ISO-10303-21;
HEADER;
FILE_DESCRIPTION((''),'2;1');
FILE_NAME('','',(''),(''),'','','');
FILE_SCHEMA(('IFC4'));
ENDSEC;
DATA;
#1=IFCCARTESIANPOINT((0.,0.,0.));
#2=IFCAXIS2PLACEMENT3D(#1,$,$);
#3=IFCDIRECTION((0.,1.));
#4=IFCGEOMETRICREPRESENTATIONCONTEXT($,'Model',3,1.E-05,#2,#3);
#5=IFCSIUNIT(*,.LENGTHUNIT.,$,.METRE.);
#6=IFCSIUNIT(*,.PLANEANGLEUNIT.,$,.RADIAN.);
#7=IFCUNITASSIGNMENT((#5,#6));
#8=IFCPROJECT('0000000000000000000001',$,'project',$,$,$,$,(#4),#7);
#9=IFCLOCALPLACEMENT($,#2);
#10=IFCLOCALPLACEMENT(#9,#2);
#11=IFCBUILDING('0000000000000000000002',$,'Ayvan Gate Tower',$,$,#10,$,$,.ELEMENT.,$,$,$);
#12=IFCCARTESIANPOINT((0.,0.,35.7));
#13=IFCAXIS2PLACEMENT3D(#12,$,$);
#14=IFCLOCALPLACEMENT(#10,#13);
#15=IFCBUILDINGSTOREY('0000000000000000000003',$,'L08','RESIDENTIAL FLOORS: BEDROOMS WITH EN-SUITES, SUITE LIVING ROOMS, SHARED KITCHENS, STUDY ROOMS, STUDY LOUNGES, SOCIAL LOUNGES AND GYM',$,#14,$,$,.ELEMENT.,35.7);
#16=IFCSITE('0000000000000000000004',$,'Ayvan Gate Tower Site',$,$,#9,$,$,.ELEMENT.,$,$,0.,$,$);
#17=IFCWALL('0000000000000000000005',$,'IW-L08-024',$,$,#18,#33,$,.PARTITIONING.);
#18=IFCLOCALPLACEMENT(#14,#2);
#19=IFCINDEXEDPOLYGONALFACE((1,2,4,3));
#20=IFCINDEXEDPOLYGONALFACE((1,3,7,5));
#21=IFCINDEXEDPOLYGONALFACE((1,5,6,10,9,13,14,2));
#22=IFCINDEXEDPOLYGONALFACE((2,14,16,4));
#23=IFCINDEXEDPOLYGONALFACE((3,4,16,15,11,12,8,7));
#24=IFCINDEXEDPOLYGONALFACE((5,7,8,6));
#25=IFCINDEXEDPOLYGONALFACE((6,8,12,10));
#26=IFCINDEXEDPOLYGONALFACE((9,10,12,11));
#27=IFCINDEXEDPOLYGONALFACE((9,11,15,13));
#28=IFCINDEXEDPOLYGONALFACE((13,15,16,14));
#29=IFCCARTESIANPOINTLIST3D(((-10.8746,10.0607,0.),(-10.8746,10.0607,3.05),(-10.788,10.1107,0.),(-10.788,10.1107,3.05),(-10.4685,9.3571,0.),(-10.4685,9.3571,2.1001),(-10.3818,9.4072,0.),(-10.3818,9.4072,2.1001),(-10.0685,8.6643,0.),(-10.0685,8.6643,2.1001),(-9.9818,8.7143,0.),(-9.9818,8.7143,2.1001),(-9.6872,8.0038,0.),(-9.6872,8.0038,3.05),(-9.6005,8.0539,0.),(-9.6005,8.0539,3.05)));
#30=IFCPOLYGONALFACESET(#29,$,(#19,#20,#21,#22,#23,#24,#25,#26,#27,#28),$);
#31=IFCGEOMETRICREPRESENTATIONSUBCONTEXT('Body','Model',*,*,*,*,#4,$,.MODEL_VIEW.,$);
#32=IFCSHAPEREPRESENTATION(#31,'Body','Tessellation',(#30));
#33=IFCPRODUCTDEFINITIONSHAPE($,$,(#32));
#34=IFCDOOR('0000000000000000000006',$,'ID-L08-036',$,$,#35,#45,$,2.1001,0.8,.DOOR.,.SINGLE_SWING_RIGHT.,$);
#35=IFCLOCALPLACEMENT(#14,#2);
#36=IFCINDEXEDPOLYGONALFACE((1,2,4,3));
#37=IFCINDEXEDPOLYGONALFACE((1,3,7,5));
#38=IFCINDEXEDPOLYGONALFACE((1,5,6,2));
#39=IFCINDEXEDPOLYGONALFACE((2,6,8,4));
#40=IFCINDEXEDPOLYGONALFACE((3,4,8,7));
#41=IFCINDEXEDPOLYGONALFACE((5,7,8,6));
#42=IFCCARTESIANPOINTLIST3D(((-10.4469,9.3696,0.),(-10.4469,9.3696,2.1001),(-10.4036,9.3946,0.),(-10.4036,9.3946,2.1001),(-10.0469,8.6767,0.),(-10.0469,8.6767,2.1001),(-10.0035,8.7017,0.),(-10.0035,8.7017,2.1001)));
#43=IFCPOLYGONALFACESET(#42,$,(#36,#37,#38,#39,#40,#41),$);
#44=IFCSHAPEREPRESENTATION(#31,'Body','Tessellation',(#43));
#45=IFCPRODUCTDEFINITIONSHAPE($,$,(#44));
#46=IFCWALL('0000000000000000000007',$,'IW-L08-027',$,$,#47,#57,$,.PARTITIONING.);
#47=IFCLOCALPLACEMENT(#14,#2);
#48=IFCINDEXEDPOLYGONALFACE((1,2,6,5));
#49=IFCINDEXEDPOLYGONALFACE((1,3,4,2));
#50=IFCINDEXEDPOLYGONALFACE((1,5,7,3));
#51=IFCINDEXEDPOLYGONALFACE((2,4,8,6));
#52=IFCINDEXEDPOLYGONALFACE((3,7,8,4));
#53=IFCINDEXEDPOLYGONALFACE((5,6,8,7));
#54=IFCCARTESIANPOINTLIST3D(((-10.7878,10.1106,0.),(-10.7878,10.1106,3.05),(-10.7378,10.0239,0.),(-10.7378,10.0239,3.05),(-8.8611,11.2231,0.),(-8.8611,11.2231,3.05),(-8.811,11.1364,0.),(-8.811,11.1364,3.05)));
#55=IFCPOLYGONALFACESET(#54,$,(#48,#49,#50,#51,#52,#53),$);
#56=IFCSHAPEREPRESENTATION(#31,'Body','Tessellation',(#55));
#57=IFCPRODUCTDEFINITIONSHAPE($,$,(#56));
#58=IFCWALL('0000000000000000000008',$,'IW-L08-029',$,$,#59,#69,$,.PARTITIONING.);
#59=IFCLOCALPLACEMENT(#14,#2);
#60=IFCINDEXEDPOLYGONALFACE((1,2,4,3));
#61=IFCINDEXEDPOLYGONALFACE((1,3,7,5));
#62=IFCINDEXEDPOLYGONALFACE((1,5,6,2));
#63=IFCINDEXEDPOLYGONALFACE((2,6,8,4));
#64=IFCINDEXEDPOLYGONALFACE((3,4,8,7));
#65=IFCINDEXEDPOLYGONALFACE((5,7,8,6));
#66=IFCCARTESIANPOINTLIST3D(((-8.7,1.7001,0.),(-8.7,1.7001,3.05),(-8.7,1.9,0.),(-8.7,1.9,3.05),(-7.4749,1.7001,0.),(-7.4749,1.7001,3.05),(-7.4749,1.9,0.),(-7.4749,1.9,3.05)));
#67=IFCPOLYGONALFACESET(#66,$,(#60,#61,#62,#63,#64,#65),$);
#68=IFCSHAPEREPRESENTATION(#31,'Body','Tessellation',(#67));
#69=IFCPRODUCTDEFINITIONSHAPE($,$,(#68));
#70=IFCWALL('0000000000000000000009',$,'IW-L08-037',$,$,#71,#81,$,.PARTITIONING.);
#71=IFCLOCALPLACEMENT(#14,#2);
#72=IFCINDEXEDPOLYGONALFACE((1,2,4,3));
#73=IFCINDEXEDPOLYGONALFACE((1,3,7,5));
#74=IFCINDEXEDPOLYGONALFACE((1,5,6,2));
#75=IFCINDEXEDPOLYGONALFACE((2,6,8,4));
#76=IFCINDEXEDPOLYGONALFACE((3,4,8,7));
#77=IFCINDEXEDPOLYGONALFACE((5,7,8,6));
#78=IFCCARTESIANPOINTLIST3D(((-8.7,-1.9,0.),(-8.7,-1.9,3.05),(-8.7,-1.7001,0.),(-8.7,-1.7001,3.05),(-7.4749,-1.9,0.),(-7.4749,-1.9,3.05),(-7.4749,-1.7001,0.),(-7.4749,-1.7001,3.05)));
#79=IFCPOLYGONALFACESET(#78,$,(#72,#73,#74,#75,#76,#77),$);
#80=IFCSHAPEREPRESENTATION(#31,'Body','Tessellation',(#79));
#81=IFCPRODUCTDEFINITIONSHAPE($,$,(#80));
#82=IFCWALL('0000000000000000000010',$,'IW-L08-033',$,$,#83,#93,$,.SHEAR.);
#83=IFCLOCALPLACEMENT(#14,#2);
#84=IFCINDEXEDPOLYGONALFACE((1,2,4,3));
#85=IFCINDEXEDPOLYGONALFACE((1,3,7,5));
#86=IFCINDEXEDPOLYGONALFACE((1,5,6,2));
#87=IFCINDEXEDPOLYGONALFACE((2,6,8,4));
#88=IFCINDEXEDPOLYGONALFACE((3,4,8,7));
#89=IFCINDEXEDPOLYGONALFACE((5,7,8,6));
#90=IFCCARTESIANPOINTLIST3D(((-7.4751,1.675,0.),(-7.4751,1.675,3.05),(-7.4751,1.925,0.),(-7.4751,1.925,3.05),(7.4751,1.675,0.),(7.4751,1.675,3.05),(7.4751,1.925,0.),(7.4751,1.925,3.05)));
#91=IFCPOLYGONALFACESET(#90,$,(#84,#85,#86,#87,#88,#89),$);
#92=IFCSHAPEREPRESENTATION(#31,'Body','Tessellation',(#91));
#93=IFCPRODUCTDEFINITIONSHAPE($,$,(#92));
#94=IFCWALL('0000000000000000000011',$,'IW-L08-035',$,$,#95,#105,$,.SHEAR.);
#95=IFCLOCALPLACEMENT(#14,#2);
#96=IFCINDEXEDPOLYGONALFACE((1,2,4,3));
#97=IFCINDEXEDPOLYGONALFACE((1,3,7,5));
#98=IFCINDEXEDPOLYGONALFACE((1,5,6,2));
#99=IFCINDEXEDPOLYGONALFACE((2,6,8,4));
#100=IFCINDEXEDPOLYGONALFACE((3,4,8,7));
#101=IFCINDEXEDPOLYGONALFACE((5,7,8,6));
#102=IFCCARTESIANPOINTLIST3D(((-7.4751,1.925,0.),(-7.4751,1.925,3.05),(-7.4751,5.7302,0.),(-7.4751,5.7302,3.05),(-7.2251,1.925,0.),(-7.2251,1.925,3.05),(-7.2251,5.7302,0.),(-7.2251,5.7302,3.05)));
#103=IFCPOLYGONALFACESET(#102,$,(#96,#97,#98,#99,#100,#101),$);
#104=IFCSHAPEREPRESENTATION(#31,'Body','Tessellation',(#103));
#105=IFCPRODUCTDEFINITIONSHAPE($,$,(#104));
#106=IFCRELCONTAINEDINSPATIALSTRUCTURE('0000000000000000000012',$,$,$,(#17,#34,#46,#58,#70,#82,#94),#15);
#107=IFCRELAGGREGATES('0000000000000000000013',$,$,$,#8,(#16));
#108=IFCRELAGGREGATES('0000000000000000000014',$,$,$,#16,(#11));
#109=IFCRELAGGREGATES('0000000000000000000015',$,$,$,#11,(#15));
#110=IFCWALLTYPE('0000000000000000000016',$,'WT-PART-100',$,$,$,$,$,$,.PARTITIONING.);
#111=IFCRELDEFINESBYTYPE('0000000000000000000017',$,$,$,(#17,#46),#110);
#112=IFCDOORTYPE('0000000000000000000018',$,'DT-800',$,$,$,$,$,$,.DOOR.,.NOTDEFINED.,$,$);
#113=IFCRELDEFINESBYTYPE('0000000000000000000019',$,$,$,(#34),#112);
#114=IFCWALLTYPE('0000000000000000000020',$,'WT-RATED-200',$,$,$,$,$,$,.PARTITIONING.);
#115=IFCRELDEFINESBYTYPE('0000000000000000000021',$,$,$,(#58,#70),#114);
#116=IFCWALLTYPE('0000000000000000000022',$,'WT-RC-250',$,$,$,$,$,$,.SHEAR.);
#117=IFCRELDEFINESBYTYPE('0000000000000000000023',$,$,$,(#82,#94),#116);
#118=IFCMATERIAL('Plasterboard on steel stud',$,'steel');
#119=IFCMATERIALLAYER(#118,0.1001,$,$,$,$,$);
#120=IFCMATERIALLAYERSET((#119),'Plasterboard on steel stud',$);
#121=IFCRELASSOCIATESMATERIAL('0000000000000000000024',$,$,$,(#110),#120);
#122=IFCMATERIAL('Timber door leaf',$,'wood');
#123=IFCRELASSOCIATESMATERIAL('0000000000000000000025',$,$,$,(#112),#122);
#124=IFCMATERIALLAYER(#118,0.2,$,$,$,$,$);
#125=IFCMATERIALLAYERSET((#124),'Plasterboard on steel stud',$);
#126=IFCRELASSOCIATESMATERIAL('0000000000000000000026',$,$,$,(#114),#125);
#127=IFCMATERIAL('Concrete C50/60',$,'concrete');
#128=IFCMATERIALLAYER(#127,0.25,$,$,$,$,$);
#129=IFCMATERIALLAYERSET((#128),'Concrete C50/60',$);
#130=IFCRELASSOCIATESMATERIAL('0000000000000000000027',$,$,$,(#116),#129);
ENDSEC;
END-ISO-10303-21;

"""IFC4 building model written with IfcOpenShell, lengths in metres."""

from ifc_helpers import new_model, si_unit, direction, frame, frame_2d, origin, place, context, subcontext, project, spatial, rectangle, extrude, material, layer, layer_set, type_object, element, fill, save


model = new_model("IFC4")

# Units and contexts
model_context = context("Model", 3, precision=1e-05, world=origin(), true_north=direction((0.0, 1.0)))
body_context = subcontext(model_context, "Body", "Model", "MODEL_VIEW")
ifc_project = project(units=[si_unit("LENGTHUNIT", "METRE"), si_unit("PLANEANGLEUNIT", "RADIAN")], contexts=[model_context])

# Site, building, storey
site_placement = place(None, origin())
site = spatial("IfcSite", under=ifc_project, at=site_placement, Name="Ayvan Gate Tower Site", CompositionType="ELEMENT", RefElevation=0.0)
building_placement = place(site_placement, origin())
building = spatial("IfcBuilding", under=site, at=building_placement, Name="Ayvan Gate Tower", CompositionType="ELEMENT")
storey_placement = place(building_placement, frame((0.0, 0.0, 35.7)))
storey = spatial("IfcBuildingStorey", under=building, at=storey_placement, Name="L08", Description="RESIDENTIAL FLOORS: BEDROOMS WITH EN-SUITES, SUITE LIVING ROOMS, SHARED KITCHENS, STUDY ROOMS, STUDY LOUNGES, SOCIAL LOUNGES AND GYM", CompositionType="ELEMENT", Elevation=35.7)

# Shared definitions
ifc_material_1 = material(Name="Timber door leaf", Category="wood")
ifc_material_2 = material(Name="Plasterboard on steel stud", Category="steel")

# Shared definitions
ifc_layer_1 = layer(ifc_material_2, 0.1001)
ifc_layer_set_1 = layer_set([ifc_layer_1], Name="Plasterboard on steel stud")
wall_type_1 = type_object("IfcWallType", Name="WT-PART-100", PredefinedType="PARTITIONING", material=ifc_layer_set_1)

# Wall, opening, door
wall_1_placement = place(storey_placement, frame((-10.8313, 10.0857, 0.0), z_axis=(0.0, 0.0, 1.0), x_axis=(0.499986, -0.866033, 0.0)))
wall_1 = element("IfcWall", 1, at=wall_1_placement, inside=storey, type_object=wall_type_1, Name="IW-L08-024", PredefinedType="PARTITIONING", context=body_context, shape_type="SweptSolid", body=[
    extrude(rectangle(XDim=2.375, YDim=0.1001, at=frame_2d((1.1875, 0.0))), origin(), (0.0, 0.0, 1.0), 3.05),
])
opening_1_placement = place(wall_1_placement, frame((0.8125, 0.0, 0.0)))
opening_1 = element("IfcOpeningElement", 2, at=opening_1_placement, cuts=wall_1, PredefinedType="OPENING", context=body_context, shape_type="SweptSolid", body=[
    extrude(rectangle(XDim=0.8, YDim=2.1001, at=frame_2d((0.3999, 1.05))), frame((0.0, 0.0601, 0.0), z_axis=(0.0, -1.0, 0.0), x_axis=(1.0, 0.0, 0.0)), (0.0, 0.0, 1.0), 0.1201),
])
door_type_1 = type_object("IfcDoorType", Name="DT-800", OperationType="NOTDEFINED", PredefinedType="DOOR", material=ifc_material_1)
door_1_placement = place(opening_1_placement, origin())
door_1 = element("IfcDoor", 3, at=door_1_placement, inside=storey, type_object=door_type_1, Name="ID-L08-036", OperationType="SINGLE_SWING_RIGHT", OverallHeight=2.1001, OverallWidth=0.8, PredefinedType="DOOR", context=body_context, shape_type="SweptSolid", body=[
    extrude(rectangle(XDim=0.8, YDim=2.1001, at=frame_2d((0.3999, 1.05))), frame((0.0, 0.0249, 0.0), z_axis=(0.0, -1.0, 0.0), x_axis=(1.0, 0.0, 0.0)), (0.0, 0.0, 1.0), 0.05),
])
fill(opening_1, door_1)

# Walls
wall_2_placement = place(storey_placement, frame((-8.8362, 11.1797, 0.0), z_axis=(0.0, 0.0, 1.0), x_axis=(-0.865999, -0.500045, 0.0)))
element("IfcWall", 4, at=wall_2_placement, inside=storey, type_object=wall_type_1, Name="IW-L08-027", PredefinedType="PARTITIONING", context=body_context, shape_type="SweptSolid", body=[
    extrude(rectangle(XDim=2.2249, YDim=0.1001, at=frame_2d((1.1123, 0.0))), origin(), (0.0, 0.0, 1.0), 3.05),
])
ifc_layer_2 = layer(ifc_material_2, 0.2)
ifc_layer_set_2 = layer_set([ifc_layer_2], Name="Plasterboard on steel stud")
wall_type_2 = type_object("IfcWallType", Name="WT-RATED-200", PredefinedType="PARTITIONING", material=ifc_layer_set_2)
for number, where, z_axis, x_axis, name in (
    (5, (-8.7, 1.8, 0.0), (0.0, 0.0, 1.0), (1.0, 0.0, 0.0), "IW-L08-029"),
    (6, (-7.4749, -1.8, 0.0), (0.0, 0.0, 1.0), (-1.0, 0.0, 0.0), "IW-L08-037"),
):
    element("IfcWall", number, at=place(storey_placement, frame(where, z_axis=z_axis, x_axis=x_axis)), inside=storey, type_object=wall_type_2, Name=name, PredefinedType="PARTITIONING", context=body_context, shape_type="SweptSolid", body=[
        extrude(rectangle(XDim=1.2251, YDim=0.2, at=frame_2d((0.6125, 0.0))), origin(), (0.0, 0.0, 1.0), 3.05),
    ])
ifc_material_3 = material(Name="Concrete C50/60", Category="concrete")
ifc_layer_3 = layer(ifc_material_3, 0.25)
ifc_layer_set_3 = layer_set([ifc_layer_3], Name="Concrete C50/60")
wall_type_3 = type_object("IfcWallType", Name="WT-RC-250", PredefinedType="SHEAR", material=ifc_layer_set_3)
wall_3_placement = place(storey_placement, frame((-7.4751, 1.8, 0.0), z_axis=(0.0, 0.0, 1.0), x_axis=(1.0, 0.0, 0.0)))
element("IfcWall", 7, at=wall_3_placement, inside=storey, type_object=wall_type_3, Name="IW-L08-033", PredefinedType="SHEAR", context=body_context, shape_type="SweptSolid", body=[
    extrude(rectangle(XDim=14.9502, YDim=0.25, at=frame_2d((7.4751, 0.0))), origin(), (0.0, 0.0, 1.0), 3.05),
])
wall_4_placement = place(storey_placement, frame((-7.3501, 1.925, 0.0), z_axis=(0.0, 0.0, 1.0), x_axis=(0.0, 1.0, 0.0)))
element("IfcWall", 8, at=wall_4_placement, inside=storey, type_object=wall_type_3, Name="IW-L08-035", PredefinedType="SHEAR", context=body_context, shape_type="SweptSolid", body=[
    extrude(rectangle(XDim=3.8052, YDim=0.25, at=frame_2d((1.9026, 0.0))), origin(), (0.0, 0.0, 1.0), 3.05),
])

save(model, "model.ifc")
